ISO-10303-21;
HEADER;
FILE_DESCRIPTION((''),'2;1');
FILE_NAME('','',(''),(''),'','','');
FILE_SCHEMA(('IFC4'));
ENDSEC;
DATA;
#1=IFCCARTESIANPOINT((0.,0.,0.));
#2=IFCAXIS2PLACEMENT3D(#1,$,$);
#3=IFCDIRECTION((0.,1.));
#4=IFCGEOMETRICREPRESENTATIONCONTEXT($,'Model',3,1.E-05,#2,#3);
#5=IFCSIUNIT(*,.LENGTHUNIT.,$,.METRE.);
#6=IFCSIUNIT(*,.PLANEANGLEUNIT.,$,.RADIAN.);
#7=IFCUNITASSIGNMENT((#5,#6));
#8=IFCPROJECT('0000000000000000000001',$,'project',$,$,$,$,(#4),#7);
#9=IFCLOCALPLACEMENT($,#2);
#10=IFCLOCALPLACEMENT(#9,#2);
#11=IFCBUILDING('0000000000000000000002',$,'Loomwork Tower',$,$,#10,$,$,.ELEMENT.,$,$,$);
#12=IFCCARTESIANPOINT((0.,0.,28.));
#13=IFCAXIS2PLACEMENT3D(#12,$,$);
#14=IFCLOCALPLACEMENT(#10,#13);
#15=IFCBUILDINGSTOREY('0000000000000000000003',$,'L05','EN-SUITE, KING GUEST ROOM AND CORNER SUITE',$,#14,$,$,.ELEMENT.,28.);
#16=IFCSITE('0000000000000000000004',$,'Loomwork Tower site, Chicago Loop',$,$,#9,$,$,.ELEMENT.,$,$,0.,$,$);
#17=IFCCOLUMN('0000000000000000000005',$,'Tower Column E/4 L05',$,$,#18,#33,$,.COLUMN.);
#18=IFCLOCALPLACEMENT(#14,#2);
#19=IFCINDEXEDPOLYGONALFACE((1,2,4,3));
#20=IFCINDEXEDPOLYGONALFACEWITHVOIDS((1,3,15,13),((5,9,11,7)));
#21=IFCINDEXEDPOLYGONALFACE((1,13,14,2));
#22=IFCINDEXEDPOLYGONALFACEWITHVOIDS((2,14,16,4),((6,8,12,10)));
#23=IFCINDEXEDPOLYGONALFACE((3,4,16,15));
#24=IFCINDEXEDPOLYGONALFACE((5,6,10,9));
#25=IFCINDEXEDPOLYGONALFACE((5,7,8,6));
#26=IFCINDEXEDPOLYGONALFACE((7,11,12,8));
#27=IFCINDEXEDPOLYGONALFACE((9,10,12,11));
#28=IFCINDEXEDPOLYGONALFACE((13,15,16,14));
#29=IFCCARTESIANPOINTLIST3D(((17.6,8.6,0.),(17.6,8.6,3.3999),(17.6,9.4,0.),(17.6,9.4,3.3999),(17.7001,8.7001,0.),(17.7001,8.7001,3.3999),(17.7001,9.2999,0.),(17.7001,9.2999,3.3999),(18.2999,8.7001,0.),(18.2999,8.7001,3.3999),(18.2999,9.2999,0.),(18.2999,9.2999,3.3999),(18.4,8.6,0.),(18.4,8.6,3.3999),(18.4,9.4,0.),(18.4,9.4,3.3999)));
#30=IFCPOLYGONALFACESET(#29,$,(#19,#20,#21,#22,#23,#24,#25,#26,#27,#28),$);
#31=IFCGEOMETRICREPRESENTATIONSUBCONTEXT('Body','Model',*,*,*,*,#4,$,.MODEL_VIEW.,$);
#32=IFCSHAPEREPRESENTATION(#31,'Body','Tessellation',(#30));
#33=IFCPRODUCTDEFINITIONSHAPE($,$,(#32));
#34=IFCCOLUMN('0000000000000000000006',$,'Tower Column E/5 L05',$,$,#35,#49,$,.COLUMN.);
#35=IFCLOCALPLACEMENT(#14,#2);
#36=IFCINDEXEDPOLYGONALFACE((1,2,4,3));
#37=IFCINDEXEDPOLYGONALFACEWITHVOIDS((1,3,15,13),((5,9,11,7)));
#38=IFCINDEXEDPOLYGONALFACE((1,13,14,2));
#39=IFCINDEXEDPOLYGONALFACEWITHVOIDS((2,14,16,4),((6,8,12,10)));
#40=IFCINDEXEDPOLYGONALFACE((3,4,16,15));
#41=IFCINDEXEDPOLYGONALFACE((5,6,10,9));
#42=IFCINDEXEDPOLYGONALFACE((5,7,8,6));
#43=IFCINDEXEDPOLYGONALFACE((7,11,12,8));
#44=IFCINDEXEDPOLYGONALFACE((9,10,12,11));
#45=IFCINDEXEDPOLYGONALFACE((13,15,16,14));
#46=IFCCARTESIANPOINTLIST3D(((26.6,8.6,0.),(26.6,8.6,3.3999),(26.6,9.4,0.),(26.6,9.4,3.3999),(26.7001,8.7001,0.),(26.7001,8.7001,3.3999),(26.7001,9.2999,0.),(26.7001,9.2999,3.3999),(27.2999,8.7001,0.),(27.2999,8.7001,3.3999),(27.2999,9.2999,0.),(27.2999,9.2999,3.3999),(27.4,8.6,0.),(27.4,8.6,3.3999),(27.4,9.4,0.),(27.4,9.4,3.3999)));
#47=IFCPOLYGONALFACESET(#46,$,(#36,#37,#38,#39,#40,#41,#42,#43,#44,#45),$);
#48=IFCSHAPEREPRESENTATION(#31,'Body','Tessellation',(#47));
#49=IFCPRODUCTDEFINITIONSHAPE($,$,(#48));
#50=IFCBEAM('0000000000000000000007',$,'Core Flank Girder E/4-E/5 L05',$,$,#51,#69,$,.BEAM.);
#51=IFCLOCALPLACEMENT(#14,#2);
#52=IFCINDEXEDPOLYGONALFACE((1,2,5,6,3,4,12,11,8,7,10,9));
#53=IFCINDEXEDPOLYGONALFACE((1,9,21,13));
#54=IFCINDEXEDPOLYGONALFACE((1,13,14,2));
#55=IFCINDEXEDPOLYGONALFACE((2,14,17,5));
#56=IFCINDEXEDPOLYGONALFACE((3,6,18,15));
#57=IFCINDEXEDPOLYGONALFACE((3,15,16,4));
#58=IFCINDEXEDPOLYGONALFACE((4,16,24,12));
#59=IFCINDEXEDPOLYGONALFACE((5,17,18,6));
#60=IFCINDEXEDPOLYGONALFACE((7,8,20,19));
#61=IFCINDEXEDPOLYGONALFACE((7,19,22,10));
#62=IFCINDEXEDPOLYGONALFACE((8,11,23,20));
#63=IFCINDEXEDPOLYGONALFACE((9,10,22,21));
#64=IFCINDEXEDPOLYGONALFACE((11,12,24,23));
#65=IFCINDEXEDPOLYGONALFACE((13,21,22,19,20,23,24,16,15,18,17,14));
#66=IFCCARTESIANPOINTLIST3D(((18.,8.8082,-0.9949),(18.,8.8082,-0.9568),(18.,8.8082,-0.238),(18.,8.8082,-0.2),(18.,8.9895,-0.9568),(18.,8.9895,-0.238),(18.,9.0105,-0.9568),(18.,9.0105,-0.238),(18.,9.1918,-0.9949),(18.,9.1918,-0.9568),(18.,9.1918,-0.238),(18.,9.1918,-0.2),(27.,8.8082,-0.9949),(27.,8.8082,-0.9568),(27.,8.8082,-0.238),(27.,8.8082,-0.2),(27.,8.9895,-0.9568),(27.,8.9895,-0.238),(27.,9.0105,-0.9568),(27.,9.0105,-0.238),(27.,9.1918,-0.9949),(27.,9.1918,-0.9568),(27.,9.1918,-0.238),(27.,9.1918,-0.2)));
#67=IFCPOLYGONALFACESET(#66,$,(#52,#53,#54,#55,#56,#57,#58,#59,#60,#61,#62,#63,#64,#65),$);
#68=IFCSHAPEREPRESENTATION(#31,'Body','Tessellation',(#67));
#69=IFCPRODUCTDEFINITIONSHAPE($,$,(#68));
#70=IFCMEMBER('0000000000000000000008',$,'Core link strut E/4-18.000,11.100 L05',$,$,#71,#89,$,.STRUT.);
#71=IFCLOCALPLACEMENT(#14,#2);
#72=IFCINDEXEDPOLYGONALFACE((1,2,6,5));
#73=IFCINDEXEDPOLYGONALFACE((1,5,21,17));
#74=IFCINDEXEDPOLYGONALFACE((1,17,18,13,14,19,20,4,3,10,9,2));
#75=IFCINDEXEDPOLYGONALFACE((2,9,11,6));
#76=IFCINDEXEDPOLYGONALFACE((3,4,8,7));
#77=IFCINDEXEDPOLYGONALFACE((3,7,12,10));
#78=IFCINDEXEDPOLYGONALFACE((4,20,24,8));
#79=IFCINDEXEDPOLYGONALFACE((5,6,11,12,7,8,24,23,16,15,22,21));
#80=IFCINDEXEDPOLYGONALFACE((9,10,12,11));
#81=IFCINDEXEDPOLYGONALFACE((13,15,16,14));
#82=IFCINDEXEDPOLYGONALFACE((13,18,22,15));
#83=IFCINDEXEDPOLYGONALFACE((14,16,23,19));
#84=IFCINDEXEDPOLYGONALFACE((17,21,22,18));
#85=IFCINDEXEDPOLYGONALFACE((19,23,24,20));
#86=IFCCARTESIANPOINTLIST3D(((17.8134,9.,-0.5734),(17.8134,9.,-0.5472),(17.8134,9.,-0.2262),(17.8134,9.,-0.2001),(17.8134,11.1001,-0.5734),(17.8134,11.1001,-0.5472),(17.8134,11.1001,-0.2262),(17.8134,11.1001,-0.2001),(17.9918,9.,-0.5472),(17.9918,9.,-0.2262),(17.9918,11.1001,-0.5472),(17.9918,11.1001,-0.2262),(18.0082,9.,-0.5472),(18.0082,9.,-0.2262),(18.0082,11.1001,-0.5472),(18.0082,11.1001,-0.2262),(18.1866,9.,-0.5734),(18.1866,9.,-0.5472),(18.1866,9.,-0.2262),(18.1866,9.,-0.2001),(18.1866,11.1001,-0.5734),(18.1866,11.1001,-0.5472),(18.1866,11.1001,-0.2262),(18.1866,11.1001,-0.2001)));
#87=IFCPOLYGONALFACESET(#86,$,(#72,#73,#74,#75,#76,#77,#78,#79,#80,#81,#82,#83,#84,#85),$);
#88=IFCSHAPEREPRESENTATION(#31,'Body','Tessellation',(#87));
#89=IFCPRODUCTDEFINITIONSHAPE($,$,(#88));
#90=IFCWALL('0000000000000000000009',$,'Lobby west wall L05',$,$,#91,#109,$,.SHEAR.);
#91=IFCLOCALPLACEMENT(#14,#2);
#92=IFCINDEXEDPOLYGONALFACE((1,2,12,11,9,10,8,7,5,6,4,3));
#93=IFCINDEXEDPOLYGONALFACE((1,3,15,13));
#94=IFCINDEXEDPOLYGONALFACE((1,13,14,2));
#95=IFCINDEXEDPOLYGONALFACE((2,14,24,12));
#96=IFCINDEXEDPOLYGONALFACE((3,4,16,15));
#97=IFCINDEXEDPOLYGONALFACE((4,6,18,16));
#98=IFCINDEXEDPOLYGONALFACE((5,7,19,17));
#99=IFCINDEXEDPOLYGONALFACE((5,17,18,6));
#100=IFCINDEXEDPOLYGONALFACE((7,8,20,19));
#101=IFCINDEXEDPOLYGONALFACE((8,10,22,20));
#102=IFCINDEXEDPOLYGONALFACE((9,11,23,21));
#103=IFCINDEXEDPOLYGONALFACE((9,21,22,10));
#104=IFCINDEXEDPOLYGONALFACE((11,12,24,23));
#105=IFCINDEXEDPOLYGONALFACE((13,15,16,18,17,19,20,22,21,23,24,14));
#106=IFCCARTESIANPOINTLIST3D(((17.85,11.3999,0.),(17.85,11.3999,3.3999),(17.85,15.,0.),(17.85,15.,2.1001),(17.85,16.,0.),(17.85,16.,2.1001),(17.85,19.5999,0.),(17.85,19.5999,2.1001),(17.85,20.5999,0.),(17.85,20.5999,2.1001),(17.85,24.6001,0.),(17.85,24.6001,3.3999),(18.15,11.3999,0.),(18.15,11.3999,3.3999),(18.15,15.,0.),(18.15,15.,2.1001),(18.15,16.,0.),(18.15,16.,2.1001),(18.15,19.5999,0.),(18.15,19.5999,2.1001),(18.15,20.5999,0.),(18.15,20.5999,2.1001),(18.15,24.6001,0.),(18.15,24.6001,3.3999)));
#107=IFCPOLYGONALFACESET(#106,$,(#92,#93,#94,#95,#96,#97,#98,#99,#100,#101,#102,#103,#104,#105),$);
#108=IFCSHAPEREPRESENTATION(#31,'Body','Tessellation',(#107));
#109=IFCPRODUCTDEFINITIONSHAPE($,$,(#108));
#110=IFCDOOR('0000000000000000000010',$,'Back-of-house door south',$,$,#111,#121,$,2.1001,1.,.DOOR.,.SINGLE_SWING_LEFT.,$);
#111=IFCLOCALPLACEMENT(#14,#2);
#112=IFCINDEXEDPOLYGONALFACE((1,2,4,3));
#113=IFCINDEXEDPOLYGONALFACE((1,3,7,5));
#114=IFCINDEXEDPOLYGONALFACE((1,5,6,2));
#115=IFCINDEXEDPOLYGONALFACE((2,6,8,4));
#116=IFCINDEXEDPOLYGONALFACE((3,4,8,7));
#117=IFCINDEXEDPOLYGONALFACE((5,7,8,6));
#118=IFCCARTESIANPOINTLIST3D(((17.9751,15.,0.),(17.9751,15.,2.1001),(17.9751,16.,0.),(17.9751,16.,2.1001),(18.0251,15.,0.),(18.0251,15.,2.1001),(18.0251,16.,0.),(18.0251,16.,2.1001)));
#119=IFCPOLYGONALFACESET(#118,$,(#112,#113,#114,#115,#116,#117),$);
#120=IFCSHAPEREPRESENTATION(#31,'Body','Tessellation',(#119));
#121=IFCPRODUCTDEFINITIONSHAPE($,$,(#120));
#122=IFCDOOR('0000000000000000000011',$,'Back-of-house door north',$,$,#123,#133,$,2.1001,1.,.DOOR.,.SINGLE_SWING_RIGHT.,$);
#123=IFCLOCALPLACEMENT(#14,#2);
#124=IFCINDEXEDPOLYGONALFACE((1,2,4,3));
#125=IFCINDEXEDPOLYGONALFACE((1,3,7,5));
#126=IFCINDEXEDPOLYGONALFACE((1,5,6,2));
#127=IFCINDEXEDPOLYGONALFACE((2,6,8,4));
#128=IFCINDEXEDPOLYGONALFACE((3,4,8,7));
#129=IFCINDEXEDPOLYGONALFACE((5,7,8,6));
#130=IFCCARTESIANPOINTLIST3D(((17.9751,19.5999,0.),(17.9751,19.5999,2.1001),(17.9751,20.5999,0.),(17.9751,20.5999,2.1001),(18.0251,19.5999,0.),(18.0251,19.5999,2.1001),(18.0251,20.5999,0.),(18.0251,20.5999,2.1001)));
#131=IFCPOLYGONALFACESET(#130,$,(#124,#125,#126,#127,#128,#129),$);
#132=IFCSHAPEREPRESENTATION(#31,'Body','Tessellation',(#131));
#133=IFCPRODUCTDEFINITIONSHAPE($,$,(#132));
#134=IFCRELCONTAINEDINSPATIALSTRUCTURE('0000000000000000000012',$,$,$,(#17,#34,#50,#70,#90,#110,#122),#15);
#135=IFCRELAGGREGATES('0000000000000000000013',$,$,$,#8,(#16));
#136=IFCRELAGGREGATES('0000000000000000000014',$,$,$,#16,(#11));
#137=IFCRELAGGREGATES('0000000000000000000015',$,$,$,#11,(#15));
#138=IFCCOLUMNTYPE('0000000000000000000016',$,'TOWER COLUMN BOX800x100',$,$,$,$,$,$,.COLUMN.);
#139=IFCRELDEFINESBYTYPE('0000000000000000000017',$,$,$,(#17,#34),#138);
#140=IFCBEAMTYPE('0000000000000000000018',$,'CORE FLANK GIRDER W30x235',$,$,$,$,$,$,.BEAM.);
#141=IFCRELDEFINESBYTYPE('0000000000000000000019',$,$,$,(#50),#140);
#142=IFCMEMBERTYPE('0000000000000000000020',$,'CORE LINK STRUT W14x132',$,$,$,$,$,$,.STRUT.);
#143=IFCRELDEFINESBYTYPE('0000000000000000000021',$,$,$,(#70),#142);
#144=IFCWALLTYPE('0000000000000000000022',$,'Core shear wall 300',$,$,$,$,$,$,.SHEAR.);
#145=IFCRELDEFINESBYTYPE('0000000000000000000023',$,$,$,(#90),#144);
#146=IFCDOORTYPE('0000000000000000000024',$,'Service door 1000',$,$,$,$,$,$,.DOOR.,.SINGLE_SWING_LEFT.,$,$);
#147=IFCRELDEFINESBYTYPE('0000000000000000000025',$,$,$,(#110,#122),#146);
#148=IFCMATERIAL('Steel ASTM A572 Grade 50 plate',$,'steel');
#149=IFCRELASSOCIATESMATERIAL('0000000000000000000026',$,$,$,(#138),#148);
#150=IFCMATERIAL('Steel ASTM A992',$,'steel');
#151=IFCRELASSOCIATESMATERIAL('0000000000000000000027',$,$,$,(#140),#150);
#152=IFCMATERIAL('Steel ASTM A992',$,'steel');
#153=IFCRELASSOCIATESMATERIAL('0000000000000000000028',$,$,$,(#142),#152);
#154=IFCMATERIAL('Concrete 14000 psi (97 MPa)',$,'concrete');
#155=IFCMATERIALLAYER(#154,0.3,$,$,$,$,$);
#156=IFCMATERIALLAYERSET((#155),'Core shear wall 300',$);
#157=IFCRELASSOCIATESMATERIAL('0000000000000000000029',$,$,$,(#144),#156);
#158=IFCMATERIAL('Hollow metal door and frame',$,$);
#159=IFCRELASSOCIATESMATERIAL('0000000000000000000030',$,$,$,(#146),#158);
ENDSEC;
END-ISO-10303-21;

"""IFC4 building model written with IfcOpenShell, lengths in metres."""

from ifc_helpers import new_model, si_unit, direction, frame, frame_2d, origin, origin_2d, place, context, subcontext, project, spatial, rectangle, hollow_rectangle, i_section, extrude, material, layer, layer_set, material_profile, profile_set, type_object, element, fill, save


model = new_model("IFC4")

# Units and contexts
model_context = context("Model", 3, precision=1e-05, world=origin(), true_north=direction((0.0, 1.0)))
body_context = subcontext(model_context, "Body", "Model", "MODEL_VIEW")
ifc_project = project(units=[si_unit("LENGTHUNIT", "METRE"), si_unit("PLANEANGLEUNIT", "RADIAN")], contexts=[model_context])

# Site, building, storey
site_placement = place(None, origin())
site = spatial("IfcSite", under=ifc_project, at=site_placement, Name="Loomwork Tower site, Chicago Loop", CompositionType="ELEMENT", RefElevation=0.0)
building_placement = place(site_placement, origin())
building = spatial("IfcBuilding", under=site, at=building_placement, Name="Loomwork Tower", CompositionType="ELEMENT")
storey_placement = place(building_placement, frame((0.0, 0.0, 28.0)))
storey = spatial("IfcBuildingStorey", under=building, at=storey_placement, Name="L05", Description="EN-SUITE, KING GUEST ROOM AND CORNER SUITE", CompositionType="ELEMENT", Elevation=28.0)

# Columns
ifc_material_1 = material(Name="Steel ASTM A572 Grade 50 plate", Category="steel")
ifc_material_profile_1 = material_profile(ifc_material_1, hollow_rectangle(XDim=0.8, YDim=0.8, WallThickness=0.1001, at=origin_2d()), Name="BOX800x100")
ifc_profile_set_1 = profile_set([ifc_material_profile_1], Name="Steel ASTM A572 Grade 50 plate")
column_type = type_object("IfcColumnType", Name="TOWER COLUMN BOX800x100", PredefinedType="COLUMN", material=ifc_profile_set_1)
for number, where, z_axis, x_axis, name in (
    (1, (18.0, 9.0, 0.0), (0.0, 0.0, 1.0), (1.0, 0.0, 0.0), "Tower Column E/4 L05"),
    (2, (27.0, 9.0, 0.0), (0.0, 0.0, 1.0), (1.0, 0.0, 0.0), "Tower Column E/5 L05"),
):
    element("IfcColumn", number, at=place(storey_placement, frame(where, z_axis=z_axis, x_axis=x_axis)), inside=storey, type_object=column_type, Name=name, PredefinedType="COLUMN", context=body_context, shape_type="SweptSolid", body=[
        extrude(hollow_rectangle(XDim=0.8, YDim=0.8, WallThickness=0.1001, at=origin_2d()), origin(), (0.0, 0.0, 1.0), 3.3999),
    ])

# Beam
ifc_material_2 = material(Name="Steel ASTM A992", Category="steel")
ifc_material_profile_2 = material_profile(ifc_material_2, i_section(OverallWidth=0.3835, OverallDepth=0.7949, WebThickness=0.021, FlangeThickness=0.0381, at=origin_2d()), Name="W30x235")
ifc_profile_set_2 = profile_set([ifc_material_profile_2], Name="Steel ASTM A992")
beam_type = type_object("IfcBeamType", Name="CORE FLANK GIRDER W30x235", PredefinedType="BEAM", material=ifc_profile_set_2)
beam_placement = place(storey_placement, frame((18.0, 9.0, -0.5974), z_axis=(1.0, 0.0, 0.0), x_axis=(0.0, 1.0, 0.0)))
element("IfcBeam", 3, at=beam_placement, inside=storey, type_object=beam_type, Name="Core Flank Girder E/4-E/5 L05", PredefinedType="BEAM", context=body_context, shape_type="SweptSolid", body=[
    extrude(i_section(OverallWidth=0.3835, OverallDepth=0.7949, WebThickness=0.021, FlangeThickness=0.0381, at=origin_2d()), origin(), (0.0, 0.0, 1.0), 9.0),
])

# Member
ifc_material_3 = material(Name="Steel ASTM A992", Category="steel")
ifc_material_profile_3 = material_profile(ifc_material_3, i_section(OverallWidth=0.3733, OverallDepth=0.3733, WebThickness=0.0164, FlangeThickness=0.0261, at=origin_2d()), Name="W14x132")
ifc_profile_set_3 = profile_set([ifc_material_profile_3], Name="Steel ASTM A992")
member_type = type_object("IfcMemberType", Name="CORE LINK STRUT W14x132", PredefinedType="STRUT", material=ifc_profile_set_3)
member_placement = place(storey_placement, frame((18.0, 9.0, -0.3867), z_axis=(0.0, 1.0, 0.0), x_axis=(-1.0, 0.0, 0.0)))
element("IfcMember", 4, at=member_placement, inside=storey, type_object=member_type, Name="Core link strut E/4-18.000,11.100 L05", PredefinedType="STRUT", context=body_context, shape_type="SweptSolid", body=[
    extrude(i_section(OverallWidth=0.3733, OverallDepth=0.3733, WebThickness=0.0164, FlangeThickness=0.0261, at=origin_2d()), origin(), (0.0, 0.0, 1.0), 2.1001),
])

# Wall, openings, doors
ifc_material_4 = material(Name="Concrete 14000 psi (97 MPa)", Category="concrete")
ifc_layer_1 = layer(ifc_material_4, 0.3)
ifc_layer_set_1 = layer_set([ifc_layer_1], Name="Core shear wall 300")
wall_type_1 = type_object("IfcWallType", Name="Core shear wall 300", PredefinedType="SHEAR", material=ifc_layer_set_1)
wall_1_placement = place(storey_placement, frame((18.0, 11.3999, 0.0), z_axis=(0.0, 0.0, 1.0), x_axis=(0.0, 1.0, 0.0)))
wall_1 = element("IfcWall", 5, at=wall_1_placement, inside=storey, type_object=wall_type_1, Name="Lobby west wall L05", PredefinedType="SHEAR", context=body_context, shape_type="SweptSolid", body=[
    extrude(rectangle(XDim=13.2002, YDim=0.3, at=frame_2d((6.6001, 0.0))), origin(), (0.0, 0.0, 1.0), 3.3999),
])
opening_1_placement = place(wall_1_placement, frame((3.6001, 0.0, 0.0)))
opening_1 = element("IfcOpeningElement", 6, at=opening_1_placement, cuts=wall_1, PredefinedType="OPENING", context=body_context, shape_type="SweptSolid", body=[
    extrude(rectangle(XDim=1.0, YDim=2.1001, at=frame_2d((0.5, 1.05))), frame((0.0, 0.1599, 0.0), z_axis=(0.0, -1.0, 0.0), x_axis=(1.0, 0.0, 0.0)), (0.0, 0.0, 1.0), 0.3201),
])
opening_2_placement = place(wall_1_placement, frame((8.2, 0.0, 0.0)))
opening_2 = element("IfcOpeningElement", 7, at=opening_2_placement, cuts=wall_1, PredefinedType="OPENING", context=body_context, shape_type="SweptSolid", body=[
    extrude(rectangle(XDim=1.0, YDim=2.1001, at=frame_2d((0.5, 1.05))), frame((0.0, 0.1599, 0.0), z_axis=(0.0, -1.0, 0.0), x_axis=(1.0, 0.0, 0.0)), (0.0, 0.0, 1.0), 0.3201),
])
ifc_material_5 = material(Name="Hollow metal door and frame")
door_type_1 = type_object("IfcDoorType", Name="Service door 1000", OperationType="SINGLE_SWING_LEFT", PredefinedType="DOOR", material=ifc_material_5)
door_1_placement = place(opening_1_placement, origin())
door_1 = element("IfcDoor", 8, at=door_1_placement, inside=storey, type_object=door_type_1, Name="Back-of-house door south", OperationType="SINGLE_SWING_LEFT", OverallHeight=2.1001, OverallWidth=1.0, PredefinedType="DOOR", context=body_context, shape_type="SweptSolid", body=[
    extrude(rectangle(XDim=1.0, YDim=2.1001, at=frame_2d((0.5, 1.05))), frame((0.0, 0.0249, 0.0), z_axis=(0.0, -1.0, 0.0), x_axis=(1.0, 0.0, 0.0)), (0.0, 0.0, 1.0), 0.05),
])
fill(opening_1, door_1)
door_2_placement = place(opening_2_placement, origin())
door_2 = element("IfcDoor", 9, at=door_2_placement, inside=storey, type_object=door_type_1, Name="Back-of-house door north", OperationType="SINGLE_SWING_RIGHT", OverallHeight=2.1001, OverallWidth=1.0, PredefinedType="DOOR", context=body_context, shape_type="SweptSolid", body=[
    extrude(rectangle(XDim=1.0, YDim=2.1001, at=frame_2d((0.5, 1.05))), frame((0.0, 0.0249, 0.0), z_axis=(0.0, -1.0, 0.0), x_axis=(1.0, 0.0, 0.0)), (0.0, 0.0, 1.0), 0.05),
])
fill(opening_2, door_2)

save(model, "model.ifc")
